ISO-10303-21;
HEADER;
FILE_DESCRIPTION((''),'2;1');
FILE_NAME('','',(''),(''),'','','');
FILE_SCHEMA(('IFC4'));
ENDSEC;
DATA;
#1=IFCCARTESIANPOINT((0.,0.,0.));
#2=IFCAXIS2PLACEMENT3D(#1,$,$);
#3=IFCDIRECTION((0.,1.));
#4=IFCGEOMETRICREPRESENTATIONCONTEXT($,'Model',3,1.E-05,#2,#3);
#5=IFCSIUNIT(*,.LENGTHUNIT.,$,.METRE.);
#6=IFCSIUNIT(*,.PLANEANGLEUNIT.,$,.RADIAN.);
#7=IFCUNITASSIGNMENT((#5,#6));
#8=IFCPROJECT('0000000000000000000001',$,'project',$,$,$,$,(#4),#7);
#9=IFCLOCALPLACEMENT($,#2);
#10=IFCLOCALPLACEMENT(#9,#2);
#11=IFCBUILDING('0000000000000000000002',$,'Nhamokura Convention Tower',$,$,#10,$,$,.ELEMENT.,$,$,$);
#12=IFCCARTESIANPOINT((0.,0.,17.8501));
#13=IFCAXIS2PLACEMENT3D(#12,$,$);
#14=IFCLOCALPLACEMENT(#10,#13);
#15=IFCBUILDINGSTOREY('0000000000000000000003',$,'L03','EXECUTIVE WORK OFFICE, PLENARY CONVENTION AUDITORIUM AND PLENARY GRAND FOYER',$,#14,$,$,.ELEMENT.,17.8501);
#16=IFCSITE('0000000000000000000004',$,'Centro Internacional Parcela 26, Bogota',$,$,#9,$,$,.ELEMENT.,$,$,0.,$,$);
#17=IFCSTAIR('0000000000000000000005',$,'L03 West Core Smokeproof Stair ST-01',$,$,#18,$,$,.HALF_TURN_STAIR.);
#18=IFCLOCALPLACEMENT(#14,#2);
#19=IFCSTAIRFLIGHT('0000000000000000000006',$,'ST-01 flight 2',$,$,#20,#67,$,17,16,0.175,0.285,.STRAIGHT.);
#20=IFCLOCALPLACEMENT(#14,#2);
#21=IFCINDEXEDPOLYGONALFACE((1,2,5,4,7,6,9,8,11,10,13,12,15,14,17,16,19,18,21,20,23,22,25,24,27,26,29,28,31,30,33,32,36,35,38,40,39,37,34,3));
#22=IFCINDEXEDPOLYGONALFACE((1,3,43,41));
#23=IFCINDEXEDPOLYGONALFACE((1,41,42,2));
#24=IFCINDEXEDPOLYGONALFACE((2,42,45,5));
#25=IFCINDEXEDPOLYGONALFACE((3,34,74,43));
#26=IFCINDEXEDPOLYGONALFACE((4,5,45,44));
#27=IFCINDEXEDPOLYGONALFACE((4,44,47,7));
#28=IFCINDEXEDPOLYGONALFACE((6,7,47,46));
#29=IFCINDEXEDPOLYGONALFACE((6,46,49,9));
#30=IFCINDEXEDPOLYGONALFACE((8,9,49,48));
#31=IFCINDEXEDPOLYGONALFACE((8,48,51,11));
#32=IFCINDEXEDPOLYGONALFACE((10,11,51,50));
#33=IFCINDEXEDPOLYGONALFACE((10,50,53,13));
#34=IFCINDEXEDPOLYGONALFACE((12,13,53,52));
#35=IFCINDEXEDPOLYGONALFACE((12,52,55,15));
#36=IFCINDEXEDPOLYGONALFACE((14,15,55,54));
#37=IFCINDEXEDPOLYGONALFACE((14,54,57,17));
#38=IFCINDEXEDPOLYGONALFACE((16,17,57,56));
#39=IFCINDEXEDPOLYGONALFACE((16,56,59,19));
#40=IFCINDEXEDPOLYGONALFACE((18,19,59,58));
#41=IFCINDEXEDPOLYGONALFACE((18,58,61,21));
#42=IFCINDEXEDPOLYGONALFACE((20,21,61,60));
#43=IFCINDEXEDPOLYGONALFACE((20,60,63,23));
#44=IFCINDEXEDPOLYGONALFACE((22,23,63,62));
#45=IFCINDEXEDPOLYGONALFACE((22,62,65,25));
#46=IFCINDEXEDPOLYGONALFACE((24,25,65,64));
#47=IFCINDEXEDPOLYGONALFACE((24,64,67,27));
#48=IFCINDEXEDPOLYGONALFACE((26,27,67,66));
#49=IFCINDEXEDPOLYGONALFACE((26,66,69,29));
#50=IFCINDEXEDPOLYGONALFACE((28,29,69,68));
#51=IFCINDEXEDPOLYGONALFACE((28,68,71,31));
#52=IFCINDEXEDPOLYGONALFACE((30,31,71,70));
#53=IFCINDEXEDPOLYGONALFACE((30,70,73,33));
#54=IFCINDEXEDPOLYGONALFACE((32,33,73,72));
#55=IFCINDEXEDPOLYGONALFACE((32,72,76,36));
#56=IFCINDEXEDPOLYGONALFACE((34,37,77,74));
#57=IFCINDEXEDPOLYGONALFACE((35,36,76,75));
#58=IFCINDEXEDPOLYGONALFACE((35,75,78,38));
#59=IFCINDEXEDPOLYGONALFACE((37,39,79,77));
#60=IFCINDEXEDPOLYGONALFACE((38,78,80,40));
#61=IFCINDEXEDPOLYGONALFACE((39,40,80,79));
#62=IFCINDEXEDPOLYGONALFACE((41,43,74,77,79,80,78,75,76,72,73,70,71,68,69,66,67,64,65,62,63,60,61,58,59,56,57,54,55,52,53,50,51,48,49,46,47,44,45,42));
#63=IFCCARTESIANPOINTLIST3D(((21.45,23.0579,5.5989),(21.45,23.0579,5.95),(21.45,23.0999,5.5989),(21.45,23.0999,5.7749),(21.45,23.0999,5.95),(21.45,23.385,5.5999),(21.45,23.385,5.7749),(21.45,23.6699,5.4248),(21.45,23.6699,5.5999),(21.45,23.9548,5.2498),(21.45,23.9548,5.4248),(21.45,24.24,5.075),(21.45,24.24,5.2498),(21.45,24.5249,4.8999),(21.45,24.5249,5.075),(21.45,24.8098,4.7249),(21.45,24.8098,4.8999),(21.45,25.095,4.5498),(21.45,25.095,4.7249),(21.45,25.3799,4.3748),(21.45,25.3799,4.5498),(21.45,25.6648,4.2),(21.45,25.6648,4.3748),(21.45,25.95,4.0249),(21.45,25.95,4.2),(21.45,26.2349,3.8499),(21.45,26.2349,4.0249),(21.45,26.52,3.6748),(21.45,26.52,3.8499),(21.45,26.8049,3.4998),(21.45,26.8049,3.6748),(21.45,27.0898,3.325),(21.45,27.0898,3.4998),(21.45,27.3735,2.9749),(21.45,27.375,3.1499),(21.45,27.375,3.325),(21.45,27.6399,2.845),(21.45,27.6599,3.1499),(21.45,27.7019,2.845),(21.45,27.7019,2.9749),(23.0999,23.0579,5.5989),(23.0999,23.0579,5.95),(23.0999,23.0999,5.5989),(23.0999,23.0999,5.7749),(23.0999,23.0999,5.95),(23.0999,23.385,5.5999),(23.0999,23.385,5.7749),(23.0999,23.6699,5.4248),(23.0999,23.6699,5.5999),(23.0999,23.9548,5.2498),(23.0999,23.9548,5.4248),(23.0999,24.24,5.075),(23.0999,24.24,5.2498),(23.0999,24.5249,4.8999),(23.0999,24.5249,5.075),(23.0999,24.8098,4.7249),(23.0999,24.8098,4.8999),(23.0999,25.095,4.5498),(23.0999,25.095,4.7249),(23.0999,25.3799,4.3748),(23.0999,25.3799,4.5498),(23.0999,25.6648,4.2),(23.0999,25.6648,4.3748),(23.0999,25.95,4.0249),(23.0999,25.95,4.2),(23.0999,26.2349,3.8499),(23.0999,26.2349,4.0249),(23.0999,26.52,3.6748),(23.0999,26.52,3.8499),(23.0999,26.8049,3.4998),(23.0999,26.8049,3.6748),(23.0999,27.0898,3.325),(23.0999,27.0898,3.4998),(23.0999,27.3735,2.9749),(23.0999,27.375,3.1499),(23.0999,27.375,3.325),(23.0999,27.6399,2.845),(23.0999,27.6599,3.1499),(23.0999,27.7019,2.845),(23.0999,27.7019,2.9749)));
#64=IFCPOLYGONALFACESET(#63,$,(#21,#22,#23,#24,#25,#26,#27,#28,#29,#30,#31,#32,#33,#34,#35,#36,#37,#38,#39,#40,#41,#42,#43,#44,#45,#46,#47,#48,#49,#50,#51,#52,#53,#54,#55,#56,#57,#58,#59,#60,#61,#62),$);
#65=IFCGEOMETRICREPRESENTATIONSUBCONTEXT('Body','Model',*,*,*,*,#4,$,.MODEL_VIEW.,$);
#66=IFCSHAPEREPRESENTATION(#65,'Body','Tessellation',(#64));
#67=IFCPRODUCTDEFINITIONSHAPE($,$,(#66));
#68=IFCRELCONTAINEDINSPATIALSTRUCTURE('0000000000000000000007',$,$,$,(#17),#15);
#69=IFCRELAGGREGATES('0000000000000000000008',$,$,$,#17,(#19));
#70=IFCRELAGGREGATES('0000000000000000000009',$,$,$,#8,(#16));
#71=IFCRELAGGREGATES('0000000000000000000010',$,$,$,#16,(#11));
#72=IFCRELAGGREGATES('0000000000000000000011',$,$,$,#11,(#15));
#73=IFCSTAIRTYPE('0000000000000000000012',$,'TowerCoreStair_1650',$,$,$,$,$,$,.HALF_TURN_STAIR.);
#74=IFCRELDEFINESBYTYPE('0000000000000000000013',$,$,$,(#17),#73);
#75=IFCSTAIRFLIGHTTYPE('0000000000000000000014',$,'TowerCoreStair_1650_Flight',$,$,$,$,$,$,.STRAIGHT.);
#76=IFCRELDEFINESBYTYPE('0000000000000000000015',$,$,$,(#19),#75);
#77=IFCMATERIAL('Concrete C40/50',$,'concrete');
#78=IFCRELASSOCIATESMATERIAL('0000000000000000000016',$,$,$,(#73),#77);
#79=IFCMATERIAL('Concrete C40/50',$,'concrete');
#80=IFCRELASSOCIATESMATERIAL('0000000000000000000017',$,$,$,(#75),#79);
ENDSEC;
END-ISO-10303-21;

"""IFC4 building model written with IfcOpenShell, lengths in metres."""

from ifc_helpers import new_model, si_unit, direction, frame, origin, place, context, subcontext, project, spatial, polyline, outline, extrude, material, type_object, element, aggregate, save


model = new_model("IFC4")

# Units and contexts
model_context = context("Model", 3, precision=1e-05, world=origin(), true_north=direction((0.0, 1.0)))
body_context = subcontext(model_context, "Body", "Model", "MODEL_VIEW")
ifc_project = project(units=[si_unit("LENGTHUNIT", "METRE"), si_unit("PLANEANGLEUNIT", "RADIAN")], contexts=[model_context])

# Site, building, storey
site_placement = place(None, origin())
site = spatial("IfcSite", under=ifc_project, at=site_placement, Name="Centro Internacional Parcela 26, Bogota", CompositionType="ELEMENT", RefElevation=0.0)
building_placement = place(site_placement, origin())
building = spatial("IfcBuilding", under=site, at=building_placement, Name="Nhamokura Convention Tower", CompositionType="ELEMENT")
storey_placement = place(building_placement, frame((0.0, 0.0, 17.8501)))
storey = spatial("IfcBuildingStorey", under=building, at=storey_placement, Name="L03", Description="EXECUTIVE WORK OFFICE, PLENARY CONVENTION AUDITORIUM AND PLENARY GRAND FOYER", CompositionType="ELEMENT", Elevation=17.8501)

# Stair, stair flight
ifc_material_1 = material(Name="Concrete C40/50", Category="concrete")
stair_type = type_object("IfcStairType", Name="TowerCoreStair_1650", PredefinedType="HALF_TURN_STAIR", material=ifc_material_1)
stair_placement = place(storey_placement, origin())
stair = element("IfcStair", 1, at=stair_placement, inside=storey, type_object=stair_type, Name="L03 West Core Smokeproof Stair ST-01", PredefinedType="HALF_TURN_STAIR")
ifc_material_2 = material(Name="Concrete C40/50", Category="concrete")
stair_flight_type = type_object("IfcStairFlightType", Name="TowerCoreStair_1650_Flight", PredefinedType="STRAIGHT", material=ifc_material_2)
stair_flight_1_placement = place(storey_placement, frame((22.2749, 27.6599, 2.9749), z_axis=(0.0, 0.0, 1.0), x_axis=(0.0, -1.0, 0.0)))
stair_flight_1 = element("IfcStairFlight", 2, at=stair_flight_1_placement, type_object=stair_flight_type, Name="ST-01 flight 2", NumberOfRisers=17, NumberOfTreads=16, PredefinedType="STRAIGHT", RiserHeight=0.175, TreadLength=0.285, context=body_context, shape_type="SweptSolid", body=[
    extrude(outline(polyline([(-0.042, 0.0), (0.0, 0.175), (0.2849, 0.175), (0.2849, 0.3501), (0.5701, 0.3501), (0.5701, 0.5249), (0.855, 0.5249), (0.855, 0.7), (1.1399, 0.7), (1.1399, 0.875), (1.425, 0.875), (1.425, 1.05), (1.71, 1.05), (1.71, 1.2251), (1.9951, 1.2251), (1.9951, 1.3999), (2.28, 1.3999), (2.28, 1.575), (2.5649, 1.575), (2.5649, 1.75), (2.8501, 1.75), (2.8501, 1.925), (3.135, 1.925), (3.135, 2.1001), (3.4199, 2.1001), (3.4199, 2.2749), (3.7051, 2.2749), (3.7051, 2.45), (3.99, 2.45), (3.99, 2.625), (4.2749, 2.625), (4.2749, 2.8), (4.5601, 2.8), (4.5601, 2.9751), (4.6021, 2.9751), (4.6021, 2.624), (4.5601, 2.624), (0.2864, 0.0), (0.02, -0.1299), (-0.042, -0.1299), (-0.042, 0.0)])), frame((0.0, 0.825, 0.0), z_axis=(0.0, -1.0, 0.0), x_axis=(1.0, 0.0, 0.0)), (0.0, 0.0, 1.0), 1.6499),
])
aggregate(stair, [stair_flight_1])

save(model, "model.ifc")
